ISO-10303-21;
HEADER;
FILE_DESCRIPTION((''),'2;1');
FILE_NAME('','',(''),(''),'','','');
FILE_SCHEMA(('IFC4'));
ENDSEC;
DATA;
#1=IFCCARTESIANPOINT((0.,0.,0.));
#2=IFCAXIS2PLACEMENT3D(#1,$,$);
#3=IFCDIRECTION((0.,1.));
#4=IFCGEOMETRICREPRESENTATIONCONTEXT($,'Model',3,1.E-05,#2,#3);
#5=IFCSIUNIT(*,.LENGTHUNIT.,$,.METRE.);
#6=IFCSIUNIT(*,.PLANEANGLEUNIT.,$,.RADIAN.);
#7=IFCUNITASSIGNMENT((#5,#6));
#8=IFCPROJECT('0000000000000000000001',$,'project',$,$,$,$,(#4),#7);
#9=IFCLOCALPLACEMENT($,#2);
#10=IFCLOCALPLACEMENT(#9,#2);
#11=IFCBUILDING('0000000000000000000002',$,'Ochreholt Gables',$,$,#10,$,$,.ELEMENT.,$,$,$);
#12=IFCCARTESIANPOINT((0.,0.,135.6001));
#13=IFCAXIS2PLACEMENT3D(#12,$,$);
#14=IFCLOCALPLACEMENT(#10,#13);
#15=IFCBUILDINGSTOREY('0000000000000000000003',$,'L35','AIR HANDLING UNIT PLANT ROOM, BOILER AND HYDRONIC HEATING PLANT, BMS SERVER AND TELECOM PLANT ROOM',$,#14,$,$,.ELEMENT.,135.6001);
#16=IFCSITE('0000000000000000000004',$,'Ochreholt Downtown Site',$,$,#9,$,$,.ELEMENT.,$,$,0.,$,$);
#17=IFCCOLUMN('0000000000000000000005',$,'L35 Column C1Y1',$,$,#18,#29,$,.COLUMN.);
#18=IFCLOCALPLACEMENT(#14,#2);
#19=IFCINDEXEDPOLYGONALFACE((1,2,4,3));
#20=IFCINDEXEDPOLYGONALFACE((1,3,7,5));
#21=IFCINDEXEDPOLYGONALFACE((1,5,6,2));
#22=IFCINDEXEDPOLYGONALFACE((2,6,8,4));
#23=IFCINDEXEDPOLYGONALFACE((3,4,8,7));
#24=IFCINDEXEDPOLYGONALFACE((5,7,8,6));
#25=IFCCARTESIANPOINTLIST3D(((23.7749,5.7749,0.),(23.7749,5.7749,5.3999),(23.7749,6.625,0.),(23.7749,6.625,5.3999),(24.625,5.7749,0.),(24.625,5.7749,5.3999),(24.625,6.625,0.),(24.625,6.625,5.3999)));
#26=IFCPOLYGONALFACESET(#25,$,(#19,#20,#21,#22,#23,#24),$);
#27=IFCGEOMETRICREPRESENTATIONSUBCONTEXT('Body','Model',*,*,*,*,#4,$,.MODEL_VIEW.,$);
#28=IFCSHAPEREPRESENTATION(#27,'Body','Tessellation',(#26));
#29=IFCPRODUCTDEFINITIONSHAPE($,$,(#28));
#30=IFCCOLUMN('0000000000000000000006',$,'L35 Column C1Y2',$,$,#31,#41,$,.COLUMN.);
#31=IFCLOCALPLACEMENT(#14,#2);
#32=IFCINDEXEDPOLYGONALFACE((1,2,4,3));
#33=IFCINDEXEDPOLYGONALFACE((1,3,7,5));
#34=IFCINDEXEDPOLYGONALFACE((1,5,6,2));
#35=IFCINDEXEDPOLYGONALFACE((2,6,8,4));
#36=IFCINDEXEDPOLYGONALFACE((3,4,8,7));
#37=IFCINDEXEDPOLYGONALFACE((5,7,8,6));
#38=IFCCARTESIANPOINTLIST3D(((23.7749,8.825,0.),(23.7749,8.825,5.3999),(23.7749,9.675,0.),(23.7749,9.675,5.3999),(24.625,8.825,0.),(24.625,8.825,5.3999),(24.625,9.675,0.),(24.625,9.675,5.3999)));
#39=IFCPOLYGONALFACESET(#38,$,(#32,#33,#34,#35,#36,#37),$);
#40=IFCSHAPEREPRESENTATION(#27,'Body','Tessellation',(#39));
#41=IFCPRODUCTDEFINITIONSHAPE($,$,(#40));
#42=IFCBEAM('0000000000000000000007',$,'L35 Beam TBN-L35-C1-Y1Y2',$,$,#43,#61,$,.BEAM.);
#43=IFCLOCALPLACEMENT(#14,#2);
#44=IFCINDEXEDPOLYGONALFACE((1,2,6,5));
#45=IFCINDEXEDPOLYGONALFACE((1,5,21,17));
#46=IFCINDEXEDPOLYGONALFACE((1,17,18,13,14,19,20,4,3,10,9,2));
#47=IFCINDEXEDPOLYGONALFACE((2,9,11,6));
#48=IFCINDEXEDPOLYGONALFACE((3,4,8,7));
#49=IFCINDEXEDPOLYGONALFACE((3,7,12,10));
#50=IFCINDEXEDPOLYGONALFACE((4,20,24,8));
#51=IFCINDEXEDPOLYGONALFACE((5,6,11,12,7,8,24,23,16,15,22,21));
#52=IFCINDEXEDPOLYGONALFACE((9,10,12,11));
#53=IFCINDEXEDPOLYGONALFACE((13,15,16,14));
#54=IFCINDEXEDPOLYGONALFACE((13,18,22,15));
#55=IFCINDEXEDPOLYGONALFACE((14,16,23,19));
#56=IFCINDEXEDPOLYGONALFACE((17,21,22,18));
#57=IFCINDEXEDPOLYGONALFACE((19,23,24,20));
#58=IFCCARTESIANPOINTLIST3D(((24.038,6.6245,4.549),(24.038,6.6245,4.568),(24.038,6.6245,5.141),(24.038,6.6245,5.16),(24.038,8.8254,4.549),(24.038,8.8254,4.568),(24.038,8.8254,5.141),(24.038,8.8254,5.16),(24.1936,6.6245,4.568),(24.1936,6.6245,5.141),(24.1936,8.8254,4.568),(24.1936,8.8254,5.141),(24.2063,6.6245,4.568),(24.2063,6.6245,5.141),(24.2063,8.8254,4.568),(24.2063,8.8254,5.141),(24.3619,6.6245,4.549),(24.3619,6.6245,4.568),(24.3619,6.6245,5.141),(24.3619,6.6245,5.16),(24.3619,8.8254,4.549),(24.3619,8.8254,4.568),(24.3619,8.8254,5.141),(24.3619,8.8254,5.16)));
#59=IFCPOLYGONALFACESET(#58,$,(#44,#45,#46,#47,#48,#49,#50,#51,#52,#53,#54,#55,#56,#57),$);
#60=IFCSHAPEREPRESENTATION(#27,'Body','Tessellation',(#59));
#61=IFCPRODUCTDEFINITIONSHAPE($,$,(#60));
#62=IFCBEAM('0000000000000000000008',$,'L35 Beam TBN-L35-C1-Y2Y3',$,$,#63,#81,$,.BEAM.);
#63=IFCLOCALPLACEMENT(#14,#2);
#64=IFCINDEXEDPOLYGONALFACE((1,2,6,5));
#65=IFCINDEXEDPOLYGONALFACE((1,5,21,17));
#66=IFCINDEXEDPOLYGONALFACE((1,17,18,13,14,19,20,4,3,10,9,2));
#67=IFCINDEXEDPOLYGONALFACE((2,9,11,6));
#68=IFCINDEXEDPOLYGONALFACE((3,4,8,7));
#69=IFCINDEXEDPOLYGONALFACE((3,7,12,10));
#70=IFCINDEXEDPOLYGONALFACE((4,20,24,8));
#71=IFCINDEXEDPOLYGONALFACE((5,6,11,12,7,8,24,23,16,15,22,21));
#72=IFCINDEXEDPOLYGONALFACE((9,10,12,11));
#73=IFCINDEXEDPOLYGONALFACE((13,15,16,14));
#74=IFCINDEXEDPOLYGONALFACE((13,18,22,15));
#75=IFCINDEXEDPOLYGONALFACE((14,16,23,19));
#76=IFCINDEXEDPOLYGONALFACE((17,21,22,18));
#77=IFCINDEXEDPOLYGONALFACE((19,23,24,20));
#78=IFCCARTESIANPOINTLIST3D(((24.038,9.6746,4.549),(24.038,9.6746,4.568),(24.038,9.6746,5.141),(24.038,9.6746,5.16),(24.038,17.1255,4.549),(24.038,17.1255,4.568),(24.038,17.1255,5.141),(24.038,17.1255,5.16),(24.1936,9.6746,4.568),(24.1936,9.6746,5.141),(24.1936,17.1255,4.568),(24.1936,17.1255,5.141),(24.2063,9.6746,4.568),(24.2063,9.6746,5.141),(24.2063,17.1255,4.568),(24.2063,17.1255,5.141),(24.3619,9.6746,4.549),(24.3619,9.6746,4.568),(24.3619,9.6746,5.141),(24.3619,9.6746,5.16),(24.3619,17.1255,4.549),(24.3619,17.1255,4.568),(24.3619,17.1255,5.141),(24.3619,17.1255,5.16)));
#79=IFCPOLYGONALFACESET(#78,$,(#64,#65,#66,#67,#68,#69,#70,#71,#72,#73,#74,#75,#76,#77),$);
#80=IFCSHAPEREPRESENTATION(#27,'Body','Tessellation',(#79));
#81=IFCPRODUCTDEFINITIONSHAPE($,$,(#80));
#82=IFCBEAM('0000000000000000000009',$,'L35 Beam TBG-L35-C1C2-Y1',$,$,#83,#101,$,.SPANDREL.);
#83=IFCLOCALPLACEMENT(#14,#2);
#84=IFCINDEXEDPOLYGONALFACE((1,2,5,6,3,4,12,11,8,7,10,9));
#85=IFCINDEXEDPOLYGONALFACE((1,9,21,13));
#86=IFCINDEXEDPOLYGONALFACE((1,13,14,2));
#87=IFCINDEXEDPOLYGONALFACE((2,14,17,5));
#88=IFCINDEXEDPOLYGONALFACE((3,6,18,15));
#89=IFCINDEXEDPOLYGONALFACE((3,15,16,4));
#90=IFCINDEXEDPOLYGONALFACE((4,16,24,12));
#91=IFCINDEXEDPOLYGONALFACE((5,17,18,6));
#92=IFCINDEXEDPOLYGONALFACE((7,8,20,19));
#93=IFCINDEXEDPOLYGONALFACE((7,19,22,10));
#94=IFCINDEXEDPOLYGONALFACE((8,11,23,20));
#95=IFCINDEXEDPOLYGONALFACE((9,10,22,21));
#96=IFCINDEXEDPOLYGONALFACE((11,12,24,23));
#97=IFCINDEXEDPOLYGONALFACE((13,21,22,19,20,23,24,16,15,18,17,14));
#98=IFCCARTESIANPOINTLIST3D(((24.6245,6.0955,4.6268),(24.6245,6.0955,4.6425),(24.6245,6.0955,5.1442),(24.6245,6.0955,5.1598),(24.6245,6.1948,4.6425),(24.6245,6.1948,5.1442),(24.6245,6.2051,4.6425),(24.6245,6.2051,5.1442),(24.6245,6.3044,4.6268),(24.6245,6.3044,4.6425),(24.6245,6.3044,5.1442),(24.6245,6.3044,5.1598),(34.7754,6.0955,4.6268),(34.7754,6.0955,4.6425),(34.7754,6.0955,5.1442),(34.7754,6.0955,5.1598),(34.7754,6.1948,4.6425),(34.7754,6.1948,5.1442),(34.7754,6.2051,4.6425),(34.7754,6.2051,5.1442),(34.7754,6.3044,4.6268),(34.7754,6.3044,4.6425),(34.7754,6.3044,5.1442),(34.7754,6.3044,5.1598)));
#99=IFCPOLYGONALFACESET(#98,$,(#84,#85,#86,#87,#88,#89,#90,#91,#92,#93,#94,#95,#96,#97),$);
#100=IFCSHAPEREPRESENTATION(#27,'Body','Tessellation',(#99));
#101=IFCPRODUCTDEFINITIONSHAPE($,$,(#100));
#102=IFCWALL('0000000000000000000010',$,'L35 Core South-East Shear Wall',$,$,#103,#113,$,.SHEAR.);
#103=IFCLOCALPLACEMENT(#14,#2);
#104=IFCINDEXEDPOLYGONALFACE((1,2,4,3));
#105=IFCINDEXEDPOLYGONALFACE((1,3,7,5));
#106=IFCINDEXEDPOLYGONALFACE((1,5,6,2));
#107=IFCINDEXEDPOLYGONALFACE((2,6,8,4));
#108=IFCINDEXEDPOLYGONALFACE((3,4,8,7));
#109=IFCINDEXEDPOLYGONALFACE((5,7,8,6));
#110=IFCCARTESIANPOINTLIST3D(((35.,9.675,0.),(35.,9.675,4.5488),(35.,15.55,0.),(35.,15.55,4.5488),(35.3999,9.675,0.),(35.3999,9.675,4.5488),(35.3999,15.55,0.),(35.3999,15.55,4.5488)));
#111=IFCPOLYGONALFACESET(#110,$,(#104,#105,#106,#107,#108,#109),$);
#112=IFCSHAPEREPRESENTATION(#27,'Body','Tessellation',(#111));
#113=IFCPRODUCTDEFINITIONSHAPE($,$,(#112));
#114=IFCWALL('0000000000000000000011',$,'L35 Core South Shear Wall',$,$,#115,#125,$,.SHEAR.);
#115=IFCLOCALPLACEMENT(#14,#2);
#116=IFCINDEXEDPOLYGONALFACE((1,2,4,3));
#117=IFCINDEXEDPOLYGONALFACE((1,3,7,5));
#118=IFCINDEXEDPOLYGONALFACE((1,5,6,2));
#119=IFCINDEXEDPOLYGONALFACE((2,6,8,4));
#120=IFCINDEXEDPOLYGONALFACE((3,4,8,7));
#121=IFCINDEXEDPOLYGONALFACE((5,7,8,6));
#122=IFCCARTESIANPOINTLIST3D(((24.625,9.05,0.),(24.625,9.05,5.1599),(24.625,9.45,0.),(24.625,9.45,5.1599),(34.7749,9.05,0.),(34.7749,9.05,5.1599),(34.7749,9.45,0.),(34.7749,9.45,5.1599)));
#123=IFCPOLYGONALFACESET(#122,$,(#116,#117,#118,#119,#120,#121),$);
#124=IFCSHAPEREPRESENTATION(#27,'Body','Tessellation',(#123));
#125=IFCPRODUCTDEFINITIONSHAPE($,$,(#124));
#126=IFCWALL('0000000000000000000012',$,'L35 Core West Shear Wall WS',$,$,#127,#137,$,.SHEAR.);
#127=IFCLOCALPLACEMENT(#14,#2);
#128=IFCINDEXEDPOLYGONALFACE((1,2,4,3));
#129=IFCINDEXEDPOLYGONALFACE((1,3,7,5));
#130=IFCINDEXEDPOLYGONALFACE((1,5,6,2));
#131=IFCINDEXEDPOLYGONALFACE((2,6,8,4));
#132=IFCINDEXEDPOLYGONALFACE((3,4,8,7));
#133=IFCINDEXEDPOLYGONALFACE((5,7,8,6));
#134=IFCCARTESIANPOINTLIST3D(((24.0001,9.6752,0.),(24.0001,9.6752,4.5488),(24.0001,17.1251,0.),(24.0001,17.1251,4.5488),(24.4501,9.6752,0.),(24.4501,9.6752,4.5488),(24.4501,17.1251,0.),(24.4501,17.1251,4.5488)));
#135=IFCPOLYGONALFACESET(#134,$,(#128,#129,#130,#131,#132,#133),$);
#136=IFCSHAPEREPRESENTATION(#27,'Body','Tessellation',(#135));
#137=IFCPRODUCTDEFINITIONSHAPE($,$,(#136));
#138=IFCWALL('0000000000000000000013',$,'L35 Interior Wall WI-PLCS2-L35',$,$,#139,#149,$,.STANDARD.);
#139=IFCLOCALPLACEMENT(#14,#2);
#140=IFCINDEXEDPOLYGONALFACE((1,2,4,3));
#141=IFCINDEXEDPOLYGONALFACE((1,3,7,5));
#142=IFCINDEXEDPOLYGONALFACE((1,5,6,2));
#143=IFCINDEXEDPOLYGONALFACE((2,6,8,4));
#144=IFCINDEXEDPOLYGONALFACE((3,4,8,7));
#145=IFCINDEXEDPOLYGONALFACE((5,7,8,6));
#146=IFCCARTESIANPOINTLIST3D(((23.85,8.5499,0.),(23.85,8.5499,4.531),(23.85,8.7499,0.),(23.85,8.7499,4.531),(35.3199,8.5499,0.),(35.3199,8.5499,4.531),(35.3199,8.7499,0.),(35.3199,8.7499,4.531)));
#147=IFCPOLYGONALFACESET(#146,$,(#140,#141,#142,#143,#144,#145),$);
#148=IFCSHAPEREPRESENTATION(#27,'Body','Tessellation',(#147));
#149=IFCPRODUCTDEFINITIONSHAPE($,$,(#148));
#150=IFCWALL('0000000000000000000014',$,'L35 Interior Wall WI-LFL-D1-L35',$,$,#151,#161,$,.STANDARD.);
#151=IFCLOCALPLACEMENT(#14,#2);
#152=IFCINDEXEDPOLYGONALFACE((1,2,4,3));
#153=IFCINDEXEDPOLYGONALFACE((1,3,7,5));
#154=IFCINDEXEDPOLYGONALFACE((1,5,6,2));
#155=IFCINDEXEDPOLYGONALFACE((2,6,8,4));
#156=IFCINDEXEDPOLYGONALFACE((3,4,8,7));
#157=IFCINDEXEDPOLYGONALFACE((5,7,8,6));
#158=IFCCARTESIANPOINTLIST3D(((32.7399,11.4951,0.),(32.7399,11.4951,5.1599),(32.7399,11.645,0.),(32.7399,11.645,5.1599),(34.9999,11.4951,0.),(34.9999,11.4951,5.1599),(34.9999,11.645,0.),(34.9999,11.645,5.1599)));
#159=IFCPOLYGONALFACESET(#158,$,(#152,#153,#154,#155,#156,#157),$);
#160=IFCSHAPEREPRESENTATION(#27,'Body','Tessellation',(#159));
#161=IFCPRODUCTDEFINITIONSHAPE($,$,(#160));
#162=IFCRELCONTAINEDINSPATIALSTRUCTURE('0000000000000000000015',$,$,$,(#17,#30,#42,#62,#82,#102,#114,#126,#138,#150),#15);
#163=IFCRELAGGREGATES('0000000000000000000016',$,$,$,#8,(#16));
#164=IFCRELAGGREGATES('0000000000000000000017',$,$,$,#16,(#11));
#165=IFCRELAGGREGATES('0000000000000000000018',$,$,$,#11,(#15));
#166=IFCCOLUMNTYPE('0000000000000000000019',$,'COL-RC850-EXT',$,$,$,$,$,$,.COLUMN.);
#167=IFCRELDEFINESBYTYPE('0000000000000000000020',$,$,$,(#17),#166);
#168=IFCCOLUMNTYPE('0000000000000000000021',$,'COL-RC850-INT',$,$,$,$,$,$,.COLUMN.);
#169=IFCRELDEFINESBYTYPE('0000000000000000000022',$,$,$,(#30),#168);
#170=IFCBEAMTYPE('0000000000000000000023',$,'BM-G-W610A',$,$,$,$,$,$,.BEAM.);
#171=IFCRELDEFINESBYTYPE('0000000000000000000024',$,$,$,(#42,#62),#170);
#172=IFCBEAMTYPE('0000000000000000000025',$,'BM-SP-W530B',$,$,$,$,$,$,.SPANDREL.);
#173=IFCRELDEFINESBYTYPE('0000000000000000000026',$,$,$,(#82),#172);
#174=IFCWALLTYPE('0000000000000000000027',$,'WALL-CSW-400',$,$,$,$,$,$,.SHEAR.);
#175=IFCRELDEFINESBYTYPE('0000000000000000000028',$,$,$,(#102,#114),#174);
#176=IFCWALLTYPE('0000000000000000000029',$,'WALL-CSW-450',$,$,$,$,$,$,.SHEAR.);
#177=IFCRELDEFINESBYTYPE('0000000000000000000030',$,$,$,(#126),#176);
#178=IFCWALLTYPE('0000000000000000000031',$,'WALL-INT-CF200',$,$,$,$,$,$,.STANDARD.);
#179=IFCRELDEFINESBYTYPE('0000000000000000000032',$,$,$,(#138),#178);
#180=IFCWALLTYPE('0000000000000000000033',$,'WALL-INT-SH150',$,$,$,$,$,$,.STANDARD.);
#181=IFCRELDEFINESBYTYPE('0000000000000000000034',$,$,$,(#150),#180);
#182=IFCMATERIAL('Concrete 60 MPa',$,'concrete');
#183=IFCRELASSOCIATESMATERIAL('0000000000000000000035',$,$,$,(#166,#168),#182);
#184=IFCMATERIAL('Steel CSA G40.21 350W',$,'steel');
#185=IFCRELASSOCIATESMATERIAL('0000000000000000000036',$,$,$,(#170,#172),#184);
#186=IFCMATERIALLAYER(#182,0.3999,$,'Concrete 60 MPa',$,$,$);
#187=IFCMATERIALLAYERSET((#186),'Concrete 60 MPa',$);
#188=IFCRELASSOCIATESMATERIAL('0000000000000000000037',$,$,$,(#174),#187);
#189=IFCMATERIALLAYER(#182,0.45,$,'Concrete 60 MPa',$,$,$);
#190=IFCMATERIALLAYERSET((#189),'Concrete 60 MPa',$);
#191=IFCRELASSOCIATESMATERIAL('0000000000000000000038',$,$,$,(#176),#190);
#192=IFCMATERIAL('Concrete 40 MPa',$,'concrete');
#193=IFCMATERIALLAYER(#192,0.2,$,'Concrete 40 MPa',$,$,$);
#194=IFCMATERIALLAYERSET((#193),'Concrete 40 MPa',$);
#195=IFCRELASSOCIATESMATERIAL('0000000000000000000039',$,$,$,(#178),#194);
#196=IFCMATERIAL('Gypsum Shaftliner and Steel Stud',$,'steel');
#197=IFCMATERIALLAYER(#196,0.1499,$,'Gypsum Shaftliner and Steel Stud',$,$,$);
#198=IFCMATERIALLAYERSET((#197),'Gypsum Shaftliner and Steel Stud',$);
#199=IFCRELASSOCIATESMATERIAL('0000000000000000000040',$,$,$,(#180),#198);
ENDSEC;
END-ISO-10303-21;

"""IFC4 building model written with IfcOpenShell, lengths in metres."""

from ifc_helpers import new_model, si_unit, direction, frame, frame_2d, origin, origin_2d, place, context, subcontext, project, spatial, rectangle, i_section, extrude, material, layer, layer_set, material_profile, profile_set, type_object, element, save


model = new_model("IFC4")

# Units and contexts
model_context = context("Model", 3, precision=1e-05, world=origin(), true_north=direction((0.0, 1.0)))
body_context = subcontext(model_context, "Body", "Model", "MODEL_VIEW")
ifc_project = project(units=[si_unit("LENGTHUNIT", "METRE"), si_unit("PLANEANGLEUNIT", "RADIAN")], contexts=[model_context])

# Site, building, storey
site_placement = place(None, origin())
site = spatial("IfcSite", under=ifc_project, at=site_placement, Name="Ochreholt Downtown Site", CompositionType="ELEMENT", RefElevation=0.0)
building_placement = place(site_placement, origin())
building = spatial("IfcBuilding", under=site, at=building_placement, Name="Ochreholt Gables", CompositionType="ELEMENT")
storey_placement = place(building_placement, frame((0.0, 0.0, 135.6001)))
storey = spatial("IfcBuildingStorey", under=building, at=storey_placement, Name="L35", Description="AIR HANDLING UNIT PLANT ROOM, BOILER AND HYDRONIC HEATING PLANT, BMS SERVER AND TELECOM PLANT ROOM", CompositionType="ELEMENT", Elevation=135.6001)

# Columns
ifc_material_1 = material(Name="Concrete 60 MPa", Category="concrete")
ifc_material_profile_1 = material_profile(ifc_material_1, rectangle(XDim=0.8501, YDim=0.8501, at=origin_2d()), Name="RC850X850")
ifc_profile_set_1 = profile_set([ifc_material_profile_1], Name="Concrete 60 MPa")
column_type_1 = type_object("IfcColumnType", Name="COL-RC850-EXT", PredefinedType="COLUMN", material=ifc_profile_set_1)
column_1_placement = place(storey_placement, frame((24.2, 6.2, 0.0), z_axis=(0.0, 0.0, 1.0), x_axis=(1.0, 0.0, 0.0)))
element("IfcColumn", 1, at=column_1_placement, inside=storey, type_object=column_type_1, Name="L35 Column C1Y1", PredefinedType="COLUMN", context=body_context, shape_type="SweptSolid", body=[
    extrude(rectangle(XDim=0.8501, YDim=0.8501, at=origin_2d()), origin(), (0.0, 0.0, 1.0), 5.3999),
])
ifc_material_profile_2 = material_profile(ifc_material_1, rectangle(XDim=0.8501, YDim=0.8501, at=origin_2d()), Name="RC850X850")
ifc_profile_set_2 = profile_set([ifc_material_profile_2], Name="Concrete 60 MPa")
column_type_2 = type_object("IfcColumnType", Name="COL-RC850-INT", PredefinedType="COLUMN", material=ifc_profile_set_2)
column_2_placement = place(storey_placement, frame((24.2, 9.25, 0.0), z_axis=(0.0, 0.0, 1.0), x_axis=(1.0, 0.0, 0.0)))
element("IfcColumn", 2, at=column_2_placement, inside=storey, type_object=column_type_2, Name="L35 Column C1Y2", PredefinedType="COLUMN", context=body_context, shape_type="SweptSolid", body=[
    extrude(rectangle(XDim=0.8501, YDim=0.8501, at=origin_2d()), origin(), (0.0, 0.0, 1.0), 5.3999),
])

# Beams
ifc_material_2 = material(Name="Steel CSA G40.21 350W", Category="steel")
ifc_material_profile_3 = material_profile(ifc_material_2, i_section(OverallWidth=0.324, OverallDepth=0.6111, WebThickness=0.0127, FlangeThickness=0.019, at=origin_2d()), Name="W610X155")
ifc_profile_set_3 = profile_set([ifc_material_profile_3], Name="Steel CSA G40.21 350W")
beam_type_1 = type_object("IfcBeamType", Name="BM-G-W610A", PredefinedType="BEAM", material=ifc_profile_set_3)
beam_1_placement = place(storey_placement, frame((24.2, 6.6245, 4.8545), z_axis=(0.0, 1.0, 0.0), x_axis=(-1.0, 0.0, 0.0)))
element("IfcBeam", 3, at=beam_1_placement, inside=storey, type_object=beam_type_1, Name="L35 Beam TBN-L35-C1-Y1Y2", PredefinedType="BEAM", context=body_context, shape_type="SweptSolid", body=[
    extrude(i_section(OverallWidth=0.324, OverallDepth=0.6111, WebThickness=0.0127, FlangeThickness=0.019, at=origin_2d()), origin(), (0.0, 0.0, 1.0), 2.2009),
])
beam_2_placement = place(storey_placement, frame((24.2, 9.6746, 4.8545), z_axis=(0.0, 1.0, 0.0), x_axis=(-1.0, 0.0, 0.0)))
element("IfcBeam", 4, at=beam_2_placement, inside=storey, type_object=beam_type_1, Name="L35 Beam TBN-L35-C1-Y2Y3", PredefinedType="BEAM", context=body_context, shape_type="SweptSolid", body=[
    extrude(i_section(OverallWidth=0.324, OverallDepth=0.6111, WebThickness=0.0127, FlangeThickness=0.019, at=origin_2d()), origin(), (0.0, 0.0, 1.0), 7.4509),
])
ifc_material_profile_4 = material_profile(ifc_material_2, i_section(OverallWidth=0.209, OverallDepth=0.533, WebThickness=0.0103, FlangeThickness=0.0156, at=origin_2d()), Name="W530X92")
ifc_profile_set_4 = profile_set([ifc_material_profile_4], Name="Steel CSA G40.21 350W")
beam_type_2 = type_object("IfcBeamType", Name="BM-SP-W530B", PredefinedType="SPANDREL", material=ifc_profile_set_4)
beam_3_placement = place(storey_placement, frame((24.6245, 6.2, 4.8933), z_axis=(1.0, 0.0, 0.0), x_axis=(0.0, 1.0, 0.0)))
element("IfcBeam", 5, at=beam_3_placement, inside=storey, type_object=beam_type_2, Name="L35 Beam TBG-L35-C1C2-Y1", PredefinedType="SPANDREL", context=body_context, shape_type="SweptSolid", body=[
    extrude(i_section(OverallWidth=0.209, OverallDepth=0.533, WebThickness=0.0103, FlangeThickness=0.0156, at=origin_2d()), origin(), (0.0, 0.0, 1.0), 10.1509),
])

# Walls
ifc_layer_1 = layer(ifc_material_1, 0.3999, Name="Concrete 60 MPa")
ifc_layer_set_1 = layer_set([ifc_layer_1], Name="Concrete 60 MPa")
wall_type_1 = type_object("IfcWallType", Name="WALL-CSW-400", PredefinedType="SHEAR", material=ifc_layer_set_1)
wall_1_placement = place(storey_placement, frame((35.2, 9.675, 0.0), z_axis=(0.0, 0.0, 1.0), x_axis=(0.0, 1.0, 0.0)))
element("IfcWall", 6, at=wall_1_placement, inside=storey, type_object=wall_type_1, Name="L35 Core South-East Shear Wall", PredefinedType="SHEAR", context=body_context, shape_type="SweptSolid", body=[
    extrude(rectangle(XDim=5.875, YDim=0.3999, at=frame_2d((2.9375, 0.0))), origin(), (0.0, 0.0, 1.0), 4.5488),
])
wall_2_placement = place(storey_placement, frame((24.625, 9.25, 0.0), z_axis=(0.0, 0.0, 1.0), x_axis=(1.0, 0.0, 0.0)))
element("IfcWall", 7, at=wall_2_placement, inside=storey, type_object=wall_type_1, Name="L35 Core South Shear Wall", PredefinedType="SHEAR", context=body_context, shape_type="SweptSolid", body=[
    extrude(rectangle(XDim=10.1499, YDim=0.3999, at=frame_2d((5.075, 0.0))), origin(), (0.0, 0.0, 1.0), 5.1599),
])
ifc_layer_2 = layer(ifc_material_1, 0.45, Name="Concrete 60 MPa")
ifc_layer_set_2 = layer_set([ifc_layer_2], Name="Concrete 60 MPa")
wall_type_2 = type_object("IfcWallType", Name="WALL-CSW-450", PredefinedType="SHEAR", material=ifc_layer_set_2)
wall_3_placement = place(storey_placement, frame((24.2251, 9.675, 0.0), z_axis=(0.0, 0.0, 1.0), x_axis=(0.0, 1.0, 0.0)))
element("IfcWall", 8, at=wall_3_placement, inside=storey, type_object=wall_type_2, Name="L35 Core West Shear Wall WS", PredefinedType="SHEAR", context=body_context, shape_type="SweptSolid", body=[
    extrude(rectangle(XDim=7.45, YDim=0.45, at=frame_2d((3.7251, 0.0))), origin(), (0.0, 0.0, 1.0), 4.5488),
])
ifc_material_3 = material(Name="Concrete 40 MPa", Category="concrete")
ifc_layer_3 = layer(ifc_material_3, 0.2, Name="Concrete 40 MPa")
ifc_layer_set_3 = layer_set([ifc_layer_3], Name="Concrete 40 MPa")
wall_type_3 = type_object("IfcWallType", Name="WALL-INT-CF200", PredefinedType="STANDARD", material=ifc_layer_set_3)
wall_4_placement = place(storey_placement, frame((23.8501, 8.6499, 0.0), z_axis=(0.0, 0.0, 1.0), x_axis=(1.0, 0.0, 0.0)))
element("IfcWall", 9, at=wall_4_placement, inside=storey, type_object=wall_type_3, Name="L35 Interior Wall WI-PLCS2-L35", PredefinedType="STANDARD", context=body_context, shape_type="SweptSolid", body=[
    extrude(rectangle(XDim=11.47, YDim=0.2, at=frame_2d((5.7349, 0.0))), origin(), (0.0, 0.0, 1.0), 4.531),
])
ifc_material_4 = material(Name="Gypsum Shaftliner and Steel Stud", Category="steel")
ifc_layer_4 = layer(ifc_material_4, 0.1499, Name="Gypsum Shaftliner and Steel Stud")
ifc_layer_set_4 = layer_set([ifc_layer_4], Name="Gypsum Shaftliner and Steel Stud")
wall_type_4 = type_object("IfcWallType", Name="WALL-INT-SH150", PredefinedType="STANDARD", material=ifc_layer_set_4)
wall_5_placement = place(storey_placement, frame((32.74, 11.5701, 0.0), z_axis=(0.0, 0.0, 1.0), x_axis=(1.0, 0.0, 0.0)))
element("IfcWall", 10, at=wall_5_placement, inside=storey, type_object=wall_type_4, Name="L35 Interior Wall WI-LFL-D1-L35", PredefinedType="STANDARD", context=body_context, shape_type="SweptSolid", body=[
    extrude(rectangle(XDim=2.26, YDim=0.1499, at=frame_2d((1.1299, 0.0))), origin(), (0.0, 0.0, 1.0), 5.1599),
])

save(model, "model.ifc")
